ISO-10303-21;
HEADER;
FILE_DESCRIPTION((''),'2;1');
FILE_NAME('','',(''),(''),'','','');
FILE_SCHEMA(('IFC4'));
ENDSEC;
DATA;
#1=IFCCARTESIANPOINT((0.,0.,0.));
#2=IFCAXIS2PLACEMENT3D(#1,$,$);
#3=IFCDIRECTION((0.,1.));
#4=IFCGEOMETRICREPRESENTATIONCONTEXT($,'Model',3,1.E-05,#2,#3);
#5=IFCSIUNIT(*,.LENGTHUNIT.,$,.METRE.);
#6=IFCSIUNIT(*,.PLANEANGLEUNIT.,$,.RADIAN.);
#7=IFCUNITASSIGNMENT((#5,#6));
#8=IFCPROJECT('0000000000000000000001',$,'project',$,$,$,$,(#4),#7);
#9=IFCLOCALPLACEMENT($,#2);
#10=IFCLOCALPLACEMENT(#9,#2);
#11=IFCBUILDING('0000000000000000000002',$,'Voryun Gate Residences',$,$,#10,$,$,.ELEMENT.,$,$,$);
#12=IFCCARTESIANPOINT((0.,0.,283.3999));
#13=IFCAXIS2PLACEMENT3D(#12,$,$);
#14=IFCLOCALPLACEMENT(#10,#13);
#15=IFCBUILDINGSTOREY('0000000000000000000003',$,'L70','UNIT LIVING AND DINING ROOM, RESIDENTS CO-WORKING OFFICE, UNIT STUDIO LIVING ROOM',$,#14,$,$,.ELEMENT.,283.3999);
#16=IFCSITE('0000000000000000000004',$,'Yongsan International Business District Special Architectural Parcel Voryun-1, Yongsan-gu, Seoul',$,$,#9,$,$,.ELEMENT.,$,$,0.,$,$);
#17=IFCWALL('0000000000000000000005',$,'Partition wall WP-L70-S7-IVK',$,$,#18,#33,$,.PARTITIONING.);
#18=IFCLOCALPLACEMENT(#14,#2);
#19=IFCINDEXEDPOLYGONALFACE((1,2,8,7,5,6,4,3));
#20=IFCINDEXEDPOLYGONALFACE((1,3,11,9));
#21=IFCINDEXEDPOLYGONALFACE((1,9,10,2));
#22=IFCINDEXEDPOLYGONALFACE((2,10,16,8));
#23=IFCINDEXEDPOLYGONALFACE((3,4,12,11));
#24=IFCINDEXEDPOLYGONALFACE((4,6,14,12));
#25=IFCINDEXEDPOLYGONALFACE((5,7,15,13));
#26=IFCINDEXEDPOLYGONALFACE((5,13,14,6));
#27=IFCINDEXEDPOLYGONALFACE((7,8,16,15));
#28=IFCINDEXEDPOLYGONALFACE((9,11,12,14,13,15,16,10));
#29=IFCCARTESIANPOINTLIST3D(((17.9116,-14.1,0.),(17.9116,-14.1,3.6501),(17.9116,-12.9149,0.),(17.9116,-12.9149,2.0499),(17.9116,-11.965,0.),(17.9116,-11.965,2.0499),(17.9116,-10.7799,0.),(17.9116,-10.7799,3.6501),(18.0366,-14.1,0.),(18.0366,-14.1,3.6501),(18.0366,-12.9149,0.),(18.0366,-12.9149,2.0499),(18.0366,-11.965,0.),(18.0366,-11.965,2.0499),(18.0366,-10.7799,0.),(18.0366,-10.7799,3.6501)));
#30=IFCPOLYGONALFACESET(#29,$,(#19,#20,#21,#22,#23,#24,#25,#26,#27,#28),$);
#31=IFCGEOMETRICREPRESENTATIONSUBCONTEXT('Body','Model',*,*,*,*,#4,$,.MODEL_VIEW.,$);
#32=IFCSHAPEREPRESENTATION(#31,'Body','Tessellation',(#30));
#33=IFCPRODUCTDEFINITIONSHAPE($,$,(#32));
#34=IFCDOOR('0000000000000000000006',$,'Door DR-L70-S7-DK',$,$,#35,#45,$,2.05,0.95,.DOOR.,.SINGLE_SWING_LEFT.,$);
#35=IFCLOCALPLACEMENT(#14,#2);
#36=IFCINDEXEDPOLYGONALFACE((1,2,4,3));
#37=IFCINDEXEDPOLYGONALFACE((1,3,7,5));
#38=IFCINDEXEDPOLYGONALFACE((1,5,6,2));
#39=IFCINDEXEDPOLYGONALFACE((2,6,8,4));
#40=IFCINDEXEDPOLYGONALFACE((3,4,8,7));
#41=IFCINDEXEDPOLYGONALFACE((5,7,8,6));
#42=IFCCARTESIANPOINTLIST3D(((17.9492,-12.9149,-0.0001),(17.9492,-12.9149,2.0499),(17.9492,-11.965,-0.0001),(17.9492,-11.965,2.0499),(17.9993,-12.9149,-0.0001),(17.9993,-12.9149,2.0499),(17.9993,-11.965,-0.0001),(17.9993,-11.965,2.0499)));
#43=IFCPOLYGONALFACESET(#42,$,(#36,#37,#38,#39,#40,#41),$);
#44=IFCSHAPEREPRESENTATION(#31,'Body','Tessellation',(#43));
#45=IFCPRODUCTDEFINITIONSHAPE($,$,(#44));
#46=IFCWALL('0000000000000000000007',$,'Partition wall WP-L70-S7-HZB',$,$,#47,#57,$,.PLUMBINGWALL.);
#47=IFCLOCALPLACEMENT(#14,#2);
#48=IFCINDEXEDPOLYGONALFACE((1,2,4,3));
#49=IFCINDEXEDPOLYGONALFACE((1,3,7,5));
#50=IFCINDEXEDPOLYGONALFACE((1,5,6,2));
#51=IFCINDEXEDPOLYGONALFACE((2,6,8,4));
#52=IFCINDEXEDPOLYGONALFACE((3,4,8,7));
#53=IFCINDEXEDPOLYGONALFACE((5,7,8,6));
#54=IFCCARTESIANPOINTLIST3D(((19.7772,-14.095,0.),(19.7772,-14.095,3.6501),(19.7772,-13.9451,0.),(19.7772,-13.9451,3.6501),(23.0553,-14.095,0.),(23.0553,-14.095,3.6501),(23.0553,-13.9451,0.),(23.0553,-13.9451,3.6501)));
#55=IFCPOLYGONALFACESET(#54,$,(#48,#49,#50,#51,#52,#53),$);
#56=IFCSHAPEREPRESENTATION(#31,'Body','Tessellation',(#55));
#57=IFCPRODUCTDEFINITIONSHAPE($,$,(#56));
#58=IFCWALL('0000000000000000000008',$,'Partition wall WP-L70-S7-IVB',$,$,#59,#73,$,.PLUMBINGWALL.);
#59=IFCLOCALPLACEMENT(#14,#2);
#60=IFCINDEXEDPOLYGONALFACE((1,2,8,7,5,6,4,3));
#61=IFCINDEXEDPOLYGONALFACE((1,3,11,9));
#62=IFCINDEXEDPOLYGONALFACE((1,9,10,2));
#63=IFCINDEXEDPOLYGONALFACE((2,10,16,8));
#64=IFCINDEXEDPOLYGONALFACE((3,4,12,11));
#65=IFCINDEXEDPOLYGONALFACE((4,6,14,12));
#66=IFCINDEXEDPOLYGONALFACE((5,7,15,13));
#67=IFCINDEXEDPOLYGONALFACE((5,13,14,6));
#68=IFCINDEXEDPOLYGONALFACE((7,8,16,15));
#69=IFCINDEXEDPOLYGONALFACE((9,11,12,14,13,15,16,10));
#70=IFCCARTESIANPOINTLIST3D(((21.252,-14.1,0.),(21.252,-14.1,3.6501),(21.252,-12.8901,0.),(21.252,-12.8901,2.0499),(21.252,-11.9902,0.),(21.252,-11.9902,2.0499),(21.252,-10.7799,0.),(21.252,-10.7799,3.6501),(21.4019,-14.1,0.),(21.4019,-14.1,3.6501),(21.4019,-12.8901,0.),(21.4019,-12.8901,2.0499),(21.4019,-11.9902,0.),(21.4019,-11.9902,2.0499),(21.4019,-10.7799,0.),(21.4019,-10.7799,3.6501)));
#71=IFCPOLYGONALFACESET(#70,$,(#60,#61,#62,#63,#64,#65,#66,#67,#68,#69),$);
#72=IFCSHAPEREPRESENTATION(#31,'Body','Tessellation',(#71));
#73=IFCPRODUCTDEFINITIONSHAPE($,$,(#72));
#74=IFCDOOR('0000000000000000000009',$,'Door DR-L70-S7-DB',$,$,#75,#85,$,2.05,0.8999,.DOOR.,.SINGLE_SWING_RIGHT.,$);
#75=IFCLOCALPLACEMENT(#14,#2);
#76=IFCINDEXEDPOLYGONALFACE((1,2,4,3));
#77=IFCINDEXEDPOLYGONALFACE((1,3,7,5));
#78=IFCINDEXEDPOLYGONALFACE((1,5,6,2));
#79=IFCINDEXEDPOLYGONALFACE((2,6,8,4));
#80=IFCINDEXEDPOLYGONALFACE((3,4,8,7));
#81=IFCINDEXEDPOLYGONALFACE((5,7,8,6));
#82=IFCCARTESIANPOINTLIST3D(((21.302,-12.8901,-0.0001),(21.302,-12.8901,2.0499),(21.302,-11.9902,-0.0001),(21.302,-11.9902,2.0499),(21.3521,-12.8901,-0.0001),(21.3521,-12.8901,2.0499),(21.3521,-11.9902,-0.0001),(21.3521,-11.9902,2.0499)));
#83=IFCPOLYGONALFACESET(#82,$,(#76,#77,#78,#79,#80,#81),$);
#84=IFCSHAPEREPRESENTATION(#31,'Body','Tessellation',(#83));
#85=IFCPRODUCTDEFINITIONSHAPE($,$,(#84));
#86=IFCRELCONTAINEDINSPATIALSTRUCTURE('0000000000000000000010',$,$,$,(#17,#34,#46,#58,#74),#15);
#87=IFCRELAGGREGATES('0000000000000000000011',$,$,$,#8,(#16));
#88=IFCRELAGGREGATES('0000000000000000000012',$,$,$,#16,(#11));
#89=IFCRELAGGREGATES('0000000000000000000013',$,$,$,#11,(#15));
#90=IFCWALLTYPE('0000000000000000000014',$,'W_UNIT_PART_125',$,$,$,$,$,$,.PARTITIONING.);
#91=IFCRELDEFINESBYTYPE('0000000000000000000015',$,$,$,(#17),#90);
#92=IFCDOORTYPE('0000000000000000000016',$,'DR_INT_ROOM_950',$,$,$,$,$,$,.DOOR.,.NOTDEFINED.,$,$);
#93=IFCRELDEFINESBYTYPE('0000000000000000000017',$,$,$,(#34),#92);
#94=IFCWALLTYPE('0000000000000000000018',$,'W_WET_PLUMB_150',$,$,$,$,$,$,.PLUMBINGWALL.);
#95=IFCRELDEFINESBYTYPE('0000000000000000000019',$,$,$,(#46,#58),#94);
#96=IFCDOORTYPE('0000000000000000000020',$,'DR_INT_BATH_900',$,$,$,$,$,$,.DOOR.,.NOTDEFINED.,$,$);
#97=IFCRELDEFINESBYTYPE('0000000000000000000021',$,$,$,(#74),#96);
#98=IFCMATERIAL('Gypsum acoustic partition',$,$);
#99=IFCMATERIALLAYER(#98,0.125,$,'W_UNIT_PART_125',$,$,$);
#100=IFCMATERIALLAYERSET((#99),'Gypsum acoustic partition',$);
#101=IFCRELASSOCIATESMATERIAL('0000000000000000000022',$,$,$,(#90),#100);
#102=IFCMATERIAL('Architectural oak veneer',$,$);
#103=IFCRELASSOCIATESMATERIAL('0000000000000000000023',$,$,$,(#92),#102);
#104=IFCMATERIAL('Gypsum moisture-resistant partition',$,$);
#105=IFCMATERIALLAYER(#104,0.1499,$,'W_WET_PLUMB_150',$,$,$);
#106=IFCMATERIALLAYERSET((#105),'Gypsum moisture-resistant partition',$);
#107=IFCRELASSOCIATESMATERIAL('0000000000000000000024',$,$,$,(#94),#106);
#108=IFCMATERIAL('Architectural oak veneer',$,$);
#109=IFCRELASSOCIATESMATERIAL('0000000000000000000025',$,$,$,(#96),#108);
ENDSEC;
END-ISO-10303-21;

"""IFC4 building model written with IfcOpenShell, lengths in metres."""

from ifc_helpers import new_model, si_unit, direction, frame, frame_2d, origin, place, context, subcontext, project, spatial, rectangle, extrude, material, layer, layer_set, type_object, element, fill, save


model = new_model("IFC4")

# Units and contexts
model_context = context("Model", 3, precision=1e-05, world=origin(), true_north=direction((0.0, 1.0)))
body_context = subcontext(model_context, "Body", "Model", "MODEL_VIEW")
ifc_project = project(units=[si_unit("LENGTHUNIT", "METRE"), si_unit("PLANEANGLEUNIT", "RADIAN")], contexts=[model_context])

# Site, building, storey
site_placement = place(None, origin())
site = spatial("IfcSite", under=ifc_project, at=site_placement, Name="Yongsan International Business District Special Architectural Parcel Voryun-1, Yongsan-gu, Seoul", CompositionType="ELEMENT", RefElevation=0.0)
building_placement = place(site_placement, origin())
building = spatial("IfcBuilding", under=site, at=building_placement, Name="Voryun Gate Residences", CompositionType="ELEMENT")
storey_placement = place(building_placement, frame((0.0, 0.0, 283.3999)))
storey = spatial("IfcBuildingStorey", under=building, at=storey_placement, Name="L70", Description="UNIT LIVING AND DINING ROOM, RESIDENTS CO-WORKING OFFICE, UNIT STUDIO LIVING ROOM", CompositionType="ELEMENT", Elevation=283.3999)

# Wall, opening, door
ifc_material_1 = material(Name="Gypsum acoustic partition")
ifc_layer_1 = layer(ifc_material_1, 0.125, Name="W_UNIT_PART_125")
ifc_layer_set_1 = layer_set([ifc_layer_1], Name="Gypsum acoustic partition")
wall_type_1 = type_object("IfcWallType", Name="W_UNIT_PART_125", PredefinedType="PARTITIONING", material=ifc_layer_set_1)
wall_1_placement = place(storey_placement, frame((17.9741, -14.1001, 0.0), z_axis=(0.0, 0.0, 1.0), x_axis=(0.0, 1.0, 0.0)))
wall_1 = element("IfcWall", 1, at=wall_1_placement, inside=storey, type_object=wall_type_1, Name="Partition wall WP-L70-S7-IVK", PredefinedType="PARTITIONING", context=body_context, shape_type="SweptSolid", body=[
    extrude(rectangle(XDim=3.3201, YDim=0.125, at=frame_2d((1.6602, 0.0))), origin(), (0.0, 0.0, 1.0), 3.6501),
])
opening_1_placement = place(wall_1_placement, frame((1.1851, 0.0, 0.0)))
opening_1 = element("IfcOpeningElement", 2, at=opening_1_placement, cuts=wall_1, PredefinedType="OPENING", context=body_context, shape_type="SweptSolid", body=[
    extrude(rectangle(XDim=0.95, YDim=2.05, at=frame_2d((0.4751, 1.0249))), frame((0.0, 0.0725, 0.0), z_axis=(0.0, -1.0, 0.0), x_axis=(1.0, 0.0, 0.0)), (0.0, 0.0, 1.0), 0.145),
])
ifc_material_2 = material(Name="Architectural oak veneer")
door_type_1 = type_object("IfcDoorType", Name="DR_INT_ROOM_950", OperationType="NOTDEFINED", PredefinedType="DOOR", material=ifc_material_2)
door_1_placement = place(opening_1_placement, origin())
door_1 = element("IfcDoor", 3, at=door_1_placement, inside=storey, type_object=door_type_1, Name="Door DR-L70-S7-DK", OperationType="SINGLE_SWING_LEFT", OverallHeight=2.05, OverallWidth=0.95, PredefinedType="DOOR", context=body_context, shape_type="SweptSolid", body=[
    extrude(rectangle(XDim=0.95, YDim=2.05, at=frame_2d((0.4751, 1.0249))), frame((0.0, 0.0249, 0.0), z_axis=(0.0, -1.0, 0.0), x_axis=(1.0, 0.0, 0.0)), (0.0, 0.0, 1.0), 0.05),
])
fill(opening_1, door_1)

# Wall
ifc_material_3 = material(Name="Gypsum moisture-resistant partition")
ifc_layer_2 = layer(ifc_material_3, 0.1499, Name="W_WET_PLUMB_150")
ifc_layer_set_2 = layer_set([ifc_layer_2], Name="Gypsum moisture-resistant partition")
wall_type_2 = type_object("IfcWallType", Name="W_WET_PLUMB_150", PredefinedType="PLUMBINGWALL", material=ifc_layer_set_2)
wall_2_placement = place(storey_placement, frame((19.7771, -14.02, 0.0), z_axis=(0.0, 0.0, 1.0), x_axis=(1.0, 0.0, 0.0)))
element("IfcWall", 4, at=wall_2_placement, inside=storey, type_object=wall_type_2, Name="Partition wall WP-L70-S7-HZB", PredefinedType="PLUMBINGWALL", context=body_context, shape_type="SweptSolid", body=[
    extrude(rectangle(XDim=3.2781, YDim=0.1499, at=frame_2d((1.6392, 0.0))), origin(), (0.0, 0.0, 1.0), 3.6501),
])

# Wall, opening, door
wall_3_placement = place(storey_placement, frame((21.3269, -14.1001, 0.0), z_axis=(0.0, 0.0, 1.0), x_axis=(0.0, 1.0, 0.0)))
wall_3 = element("IfcWall", 5, at=wall_3_placement, inside=storey, type_object=wall_type_2, Name="Partition wall WP-L70-S7-IVB", PredefinedType="PLUMBINGWALL", context=body_context, shape_type="SweptSolid", body=[
    extrude(rectangle(XDim=3.3201, YDim=0.1499, at=frame_2d((1.6602, 0.0))), origin(), (0.0, 0.0, 1.0), 3.6501),
])
opening_2_placement = place(wall_3_placement, frame((1.21, 0.0, 0.0)))
opening_2 = element("IfcOpeningElement", 6, at=opening_2_placement, cuts=wall_3, PredefinedType="OPENING", context=body_context, shape_type="SweptSolid", body=[
    extrude(rectangle(XDim=0.8999, YDim=2.05, at=frame_2d((0.45, 1.0249))), frame((0.0, 0.085, 0.0), z_axis=(0.0, -1.0, 0.0), x_axis=(1.0, 0.0, 0.0)), (0.0, 0.0, 1.0), 0.1699),
])
ifc_material_4 = material(Name="Architectural oak veneer")
door_type_2 = type_object("IfcDoorType", Name="DR_INT_BATH_900", OperationType="NOTDEFINED", PredefinedType="DOOR", material=ifc_material_4)
door_2_placement = place(opening_2_placement, origin())
door_2 = element("IfcDoor", 7, at=door_2_placement, inside=storey, type_object=door_type_2, Name="Door DR-L70-S7-DB", OperationType="SINGLE_SWING_RIGHT", OverallHeight=2.05, OverallWidth=0.8999, PredefinedType="DOOR", context=body_context, shape_type="SweptSolid", body=[
    extrude(rectangle(XDim=0.8999, YDim=2.05, at=frame_2d((0.45, 1.0249))), frame((0.0, 0.0249, 0.0), z_axis=(0.0, -1.0, 0.0), x_axis=(1.0, 0.0, 0.0)), (0.0, 0.0, 1.0), 0.05),
])
fill(opening_2, door_2)

save(model, "model.ifc")
